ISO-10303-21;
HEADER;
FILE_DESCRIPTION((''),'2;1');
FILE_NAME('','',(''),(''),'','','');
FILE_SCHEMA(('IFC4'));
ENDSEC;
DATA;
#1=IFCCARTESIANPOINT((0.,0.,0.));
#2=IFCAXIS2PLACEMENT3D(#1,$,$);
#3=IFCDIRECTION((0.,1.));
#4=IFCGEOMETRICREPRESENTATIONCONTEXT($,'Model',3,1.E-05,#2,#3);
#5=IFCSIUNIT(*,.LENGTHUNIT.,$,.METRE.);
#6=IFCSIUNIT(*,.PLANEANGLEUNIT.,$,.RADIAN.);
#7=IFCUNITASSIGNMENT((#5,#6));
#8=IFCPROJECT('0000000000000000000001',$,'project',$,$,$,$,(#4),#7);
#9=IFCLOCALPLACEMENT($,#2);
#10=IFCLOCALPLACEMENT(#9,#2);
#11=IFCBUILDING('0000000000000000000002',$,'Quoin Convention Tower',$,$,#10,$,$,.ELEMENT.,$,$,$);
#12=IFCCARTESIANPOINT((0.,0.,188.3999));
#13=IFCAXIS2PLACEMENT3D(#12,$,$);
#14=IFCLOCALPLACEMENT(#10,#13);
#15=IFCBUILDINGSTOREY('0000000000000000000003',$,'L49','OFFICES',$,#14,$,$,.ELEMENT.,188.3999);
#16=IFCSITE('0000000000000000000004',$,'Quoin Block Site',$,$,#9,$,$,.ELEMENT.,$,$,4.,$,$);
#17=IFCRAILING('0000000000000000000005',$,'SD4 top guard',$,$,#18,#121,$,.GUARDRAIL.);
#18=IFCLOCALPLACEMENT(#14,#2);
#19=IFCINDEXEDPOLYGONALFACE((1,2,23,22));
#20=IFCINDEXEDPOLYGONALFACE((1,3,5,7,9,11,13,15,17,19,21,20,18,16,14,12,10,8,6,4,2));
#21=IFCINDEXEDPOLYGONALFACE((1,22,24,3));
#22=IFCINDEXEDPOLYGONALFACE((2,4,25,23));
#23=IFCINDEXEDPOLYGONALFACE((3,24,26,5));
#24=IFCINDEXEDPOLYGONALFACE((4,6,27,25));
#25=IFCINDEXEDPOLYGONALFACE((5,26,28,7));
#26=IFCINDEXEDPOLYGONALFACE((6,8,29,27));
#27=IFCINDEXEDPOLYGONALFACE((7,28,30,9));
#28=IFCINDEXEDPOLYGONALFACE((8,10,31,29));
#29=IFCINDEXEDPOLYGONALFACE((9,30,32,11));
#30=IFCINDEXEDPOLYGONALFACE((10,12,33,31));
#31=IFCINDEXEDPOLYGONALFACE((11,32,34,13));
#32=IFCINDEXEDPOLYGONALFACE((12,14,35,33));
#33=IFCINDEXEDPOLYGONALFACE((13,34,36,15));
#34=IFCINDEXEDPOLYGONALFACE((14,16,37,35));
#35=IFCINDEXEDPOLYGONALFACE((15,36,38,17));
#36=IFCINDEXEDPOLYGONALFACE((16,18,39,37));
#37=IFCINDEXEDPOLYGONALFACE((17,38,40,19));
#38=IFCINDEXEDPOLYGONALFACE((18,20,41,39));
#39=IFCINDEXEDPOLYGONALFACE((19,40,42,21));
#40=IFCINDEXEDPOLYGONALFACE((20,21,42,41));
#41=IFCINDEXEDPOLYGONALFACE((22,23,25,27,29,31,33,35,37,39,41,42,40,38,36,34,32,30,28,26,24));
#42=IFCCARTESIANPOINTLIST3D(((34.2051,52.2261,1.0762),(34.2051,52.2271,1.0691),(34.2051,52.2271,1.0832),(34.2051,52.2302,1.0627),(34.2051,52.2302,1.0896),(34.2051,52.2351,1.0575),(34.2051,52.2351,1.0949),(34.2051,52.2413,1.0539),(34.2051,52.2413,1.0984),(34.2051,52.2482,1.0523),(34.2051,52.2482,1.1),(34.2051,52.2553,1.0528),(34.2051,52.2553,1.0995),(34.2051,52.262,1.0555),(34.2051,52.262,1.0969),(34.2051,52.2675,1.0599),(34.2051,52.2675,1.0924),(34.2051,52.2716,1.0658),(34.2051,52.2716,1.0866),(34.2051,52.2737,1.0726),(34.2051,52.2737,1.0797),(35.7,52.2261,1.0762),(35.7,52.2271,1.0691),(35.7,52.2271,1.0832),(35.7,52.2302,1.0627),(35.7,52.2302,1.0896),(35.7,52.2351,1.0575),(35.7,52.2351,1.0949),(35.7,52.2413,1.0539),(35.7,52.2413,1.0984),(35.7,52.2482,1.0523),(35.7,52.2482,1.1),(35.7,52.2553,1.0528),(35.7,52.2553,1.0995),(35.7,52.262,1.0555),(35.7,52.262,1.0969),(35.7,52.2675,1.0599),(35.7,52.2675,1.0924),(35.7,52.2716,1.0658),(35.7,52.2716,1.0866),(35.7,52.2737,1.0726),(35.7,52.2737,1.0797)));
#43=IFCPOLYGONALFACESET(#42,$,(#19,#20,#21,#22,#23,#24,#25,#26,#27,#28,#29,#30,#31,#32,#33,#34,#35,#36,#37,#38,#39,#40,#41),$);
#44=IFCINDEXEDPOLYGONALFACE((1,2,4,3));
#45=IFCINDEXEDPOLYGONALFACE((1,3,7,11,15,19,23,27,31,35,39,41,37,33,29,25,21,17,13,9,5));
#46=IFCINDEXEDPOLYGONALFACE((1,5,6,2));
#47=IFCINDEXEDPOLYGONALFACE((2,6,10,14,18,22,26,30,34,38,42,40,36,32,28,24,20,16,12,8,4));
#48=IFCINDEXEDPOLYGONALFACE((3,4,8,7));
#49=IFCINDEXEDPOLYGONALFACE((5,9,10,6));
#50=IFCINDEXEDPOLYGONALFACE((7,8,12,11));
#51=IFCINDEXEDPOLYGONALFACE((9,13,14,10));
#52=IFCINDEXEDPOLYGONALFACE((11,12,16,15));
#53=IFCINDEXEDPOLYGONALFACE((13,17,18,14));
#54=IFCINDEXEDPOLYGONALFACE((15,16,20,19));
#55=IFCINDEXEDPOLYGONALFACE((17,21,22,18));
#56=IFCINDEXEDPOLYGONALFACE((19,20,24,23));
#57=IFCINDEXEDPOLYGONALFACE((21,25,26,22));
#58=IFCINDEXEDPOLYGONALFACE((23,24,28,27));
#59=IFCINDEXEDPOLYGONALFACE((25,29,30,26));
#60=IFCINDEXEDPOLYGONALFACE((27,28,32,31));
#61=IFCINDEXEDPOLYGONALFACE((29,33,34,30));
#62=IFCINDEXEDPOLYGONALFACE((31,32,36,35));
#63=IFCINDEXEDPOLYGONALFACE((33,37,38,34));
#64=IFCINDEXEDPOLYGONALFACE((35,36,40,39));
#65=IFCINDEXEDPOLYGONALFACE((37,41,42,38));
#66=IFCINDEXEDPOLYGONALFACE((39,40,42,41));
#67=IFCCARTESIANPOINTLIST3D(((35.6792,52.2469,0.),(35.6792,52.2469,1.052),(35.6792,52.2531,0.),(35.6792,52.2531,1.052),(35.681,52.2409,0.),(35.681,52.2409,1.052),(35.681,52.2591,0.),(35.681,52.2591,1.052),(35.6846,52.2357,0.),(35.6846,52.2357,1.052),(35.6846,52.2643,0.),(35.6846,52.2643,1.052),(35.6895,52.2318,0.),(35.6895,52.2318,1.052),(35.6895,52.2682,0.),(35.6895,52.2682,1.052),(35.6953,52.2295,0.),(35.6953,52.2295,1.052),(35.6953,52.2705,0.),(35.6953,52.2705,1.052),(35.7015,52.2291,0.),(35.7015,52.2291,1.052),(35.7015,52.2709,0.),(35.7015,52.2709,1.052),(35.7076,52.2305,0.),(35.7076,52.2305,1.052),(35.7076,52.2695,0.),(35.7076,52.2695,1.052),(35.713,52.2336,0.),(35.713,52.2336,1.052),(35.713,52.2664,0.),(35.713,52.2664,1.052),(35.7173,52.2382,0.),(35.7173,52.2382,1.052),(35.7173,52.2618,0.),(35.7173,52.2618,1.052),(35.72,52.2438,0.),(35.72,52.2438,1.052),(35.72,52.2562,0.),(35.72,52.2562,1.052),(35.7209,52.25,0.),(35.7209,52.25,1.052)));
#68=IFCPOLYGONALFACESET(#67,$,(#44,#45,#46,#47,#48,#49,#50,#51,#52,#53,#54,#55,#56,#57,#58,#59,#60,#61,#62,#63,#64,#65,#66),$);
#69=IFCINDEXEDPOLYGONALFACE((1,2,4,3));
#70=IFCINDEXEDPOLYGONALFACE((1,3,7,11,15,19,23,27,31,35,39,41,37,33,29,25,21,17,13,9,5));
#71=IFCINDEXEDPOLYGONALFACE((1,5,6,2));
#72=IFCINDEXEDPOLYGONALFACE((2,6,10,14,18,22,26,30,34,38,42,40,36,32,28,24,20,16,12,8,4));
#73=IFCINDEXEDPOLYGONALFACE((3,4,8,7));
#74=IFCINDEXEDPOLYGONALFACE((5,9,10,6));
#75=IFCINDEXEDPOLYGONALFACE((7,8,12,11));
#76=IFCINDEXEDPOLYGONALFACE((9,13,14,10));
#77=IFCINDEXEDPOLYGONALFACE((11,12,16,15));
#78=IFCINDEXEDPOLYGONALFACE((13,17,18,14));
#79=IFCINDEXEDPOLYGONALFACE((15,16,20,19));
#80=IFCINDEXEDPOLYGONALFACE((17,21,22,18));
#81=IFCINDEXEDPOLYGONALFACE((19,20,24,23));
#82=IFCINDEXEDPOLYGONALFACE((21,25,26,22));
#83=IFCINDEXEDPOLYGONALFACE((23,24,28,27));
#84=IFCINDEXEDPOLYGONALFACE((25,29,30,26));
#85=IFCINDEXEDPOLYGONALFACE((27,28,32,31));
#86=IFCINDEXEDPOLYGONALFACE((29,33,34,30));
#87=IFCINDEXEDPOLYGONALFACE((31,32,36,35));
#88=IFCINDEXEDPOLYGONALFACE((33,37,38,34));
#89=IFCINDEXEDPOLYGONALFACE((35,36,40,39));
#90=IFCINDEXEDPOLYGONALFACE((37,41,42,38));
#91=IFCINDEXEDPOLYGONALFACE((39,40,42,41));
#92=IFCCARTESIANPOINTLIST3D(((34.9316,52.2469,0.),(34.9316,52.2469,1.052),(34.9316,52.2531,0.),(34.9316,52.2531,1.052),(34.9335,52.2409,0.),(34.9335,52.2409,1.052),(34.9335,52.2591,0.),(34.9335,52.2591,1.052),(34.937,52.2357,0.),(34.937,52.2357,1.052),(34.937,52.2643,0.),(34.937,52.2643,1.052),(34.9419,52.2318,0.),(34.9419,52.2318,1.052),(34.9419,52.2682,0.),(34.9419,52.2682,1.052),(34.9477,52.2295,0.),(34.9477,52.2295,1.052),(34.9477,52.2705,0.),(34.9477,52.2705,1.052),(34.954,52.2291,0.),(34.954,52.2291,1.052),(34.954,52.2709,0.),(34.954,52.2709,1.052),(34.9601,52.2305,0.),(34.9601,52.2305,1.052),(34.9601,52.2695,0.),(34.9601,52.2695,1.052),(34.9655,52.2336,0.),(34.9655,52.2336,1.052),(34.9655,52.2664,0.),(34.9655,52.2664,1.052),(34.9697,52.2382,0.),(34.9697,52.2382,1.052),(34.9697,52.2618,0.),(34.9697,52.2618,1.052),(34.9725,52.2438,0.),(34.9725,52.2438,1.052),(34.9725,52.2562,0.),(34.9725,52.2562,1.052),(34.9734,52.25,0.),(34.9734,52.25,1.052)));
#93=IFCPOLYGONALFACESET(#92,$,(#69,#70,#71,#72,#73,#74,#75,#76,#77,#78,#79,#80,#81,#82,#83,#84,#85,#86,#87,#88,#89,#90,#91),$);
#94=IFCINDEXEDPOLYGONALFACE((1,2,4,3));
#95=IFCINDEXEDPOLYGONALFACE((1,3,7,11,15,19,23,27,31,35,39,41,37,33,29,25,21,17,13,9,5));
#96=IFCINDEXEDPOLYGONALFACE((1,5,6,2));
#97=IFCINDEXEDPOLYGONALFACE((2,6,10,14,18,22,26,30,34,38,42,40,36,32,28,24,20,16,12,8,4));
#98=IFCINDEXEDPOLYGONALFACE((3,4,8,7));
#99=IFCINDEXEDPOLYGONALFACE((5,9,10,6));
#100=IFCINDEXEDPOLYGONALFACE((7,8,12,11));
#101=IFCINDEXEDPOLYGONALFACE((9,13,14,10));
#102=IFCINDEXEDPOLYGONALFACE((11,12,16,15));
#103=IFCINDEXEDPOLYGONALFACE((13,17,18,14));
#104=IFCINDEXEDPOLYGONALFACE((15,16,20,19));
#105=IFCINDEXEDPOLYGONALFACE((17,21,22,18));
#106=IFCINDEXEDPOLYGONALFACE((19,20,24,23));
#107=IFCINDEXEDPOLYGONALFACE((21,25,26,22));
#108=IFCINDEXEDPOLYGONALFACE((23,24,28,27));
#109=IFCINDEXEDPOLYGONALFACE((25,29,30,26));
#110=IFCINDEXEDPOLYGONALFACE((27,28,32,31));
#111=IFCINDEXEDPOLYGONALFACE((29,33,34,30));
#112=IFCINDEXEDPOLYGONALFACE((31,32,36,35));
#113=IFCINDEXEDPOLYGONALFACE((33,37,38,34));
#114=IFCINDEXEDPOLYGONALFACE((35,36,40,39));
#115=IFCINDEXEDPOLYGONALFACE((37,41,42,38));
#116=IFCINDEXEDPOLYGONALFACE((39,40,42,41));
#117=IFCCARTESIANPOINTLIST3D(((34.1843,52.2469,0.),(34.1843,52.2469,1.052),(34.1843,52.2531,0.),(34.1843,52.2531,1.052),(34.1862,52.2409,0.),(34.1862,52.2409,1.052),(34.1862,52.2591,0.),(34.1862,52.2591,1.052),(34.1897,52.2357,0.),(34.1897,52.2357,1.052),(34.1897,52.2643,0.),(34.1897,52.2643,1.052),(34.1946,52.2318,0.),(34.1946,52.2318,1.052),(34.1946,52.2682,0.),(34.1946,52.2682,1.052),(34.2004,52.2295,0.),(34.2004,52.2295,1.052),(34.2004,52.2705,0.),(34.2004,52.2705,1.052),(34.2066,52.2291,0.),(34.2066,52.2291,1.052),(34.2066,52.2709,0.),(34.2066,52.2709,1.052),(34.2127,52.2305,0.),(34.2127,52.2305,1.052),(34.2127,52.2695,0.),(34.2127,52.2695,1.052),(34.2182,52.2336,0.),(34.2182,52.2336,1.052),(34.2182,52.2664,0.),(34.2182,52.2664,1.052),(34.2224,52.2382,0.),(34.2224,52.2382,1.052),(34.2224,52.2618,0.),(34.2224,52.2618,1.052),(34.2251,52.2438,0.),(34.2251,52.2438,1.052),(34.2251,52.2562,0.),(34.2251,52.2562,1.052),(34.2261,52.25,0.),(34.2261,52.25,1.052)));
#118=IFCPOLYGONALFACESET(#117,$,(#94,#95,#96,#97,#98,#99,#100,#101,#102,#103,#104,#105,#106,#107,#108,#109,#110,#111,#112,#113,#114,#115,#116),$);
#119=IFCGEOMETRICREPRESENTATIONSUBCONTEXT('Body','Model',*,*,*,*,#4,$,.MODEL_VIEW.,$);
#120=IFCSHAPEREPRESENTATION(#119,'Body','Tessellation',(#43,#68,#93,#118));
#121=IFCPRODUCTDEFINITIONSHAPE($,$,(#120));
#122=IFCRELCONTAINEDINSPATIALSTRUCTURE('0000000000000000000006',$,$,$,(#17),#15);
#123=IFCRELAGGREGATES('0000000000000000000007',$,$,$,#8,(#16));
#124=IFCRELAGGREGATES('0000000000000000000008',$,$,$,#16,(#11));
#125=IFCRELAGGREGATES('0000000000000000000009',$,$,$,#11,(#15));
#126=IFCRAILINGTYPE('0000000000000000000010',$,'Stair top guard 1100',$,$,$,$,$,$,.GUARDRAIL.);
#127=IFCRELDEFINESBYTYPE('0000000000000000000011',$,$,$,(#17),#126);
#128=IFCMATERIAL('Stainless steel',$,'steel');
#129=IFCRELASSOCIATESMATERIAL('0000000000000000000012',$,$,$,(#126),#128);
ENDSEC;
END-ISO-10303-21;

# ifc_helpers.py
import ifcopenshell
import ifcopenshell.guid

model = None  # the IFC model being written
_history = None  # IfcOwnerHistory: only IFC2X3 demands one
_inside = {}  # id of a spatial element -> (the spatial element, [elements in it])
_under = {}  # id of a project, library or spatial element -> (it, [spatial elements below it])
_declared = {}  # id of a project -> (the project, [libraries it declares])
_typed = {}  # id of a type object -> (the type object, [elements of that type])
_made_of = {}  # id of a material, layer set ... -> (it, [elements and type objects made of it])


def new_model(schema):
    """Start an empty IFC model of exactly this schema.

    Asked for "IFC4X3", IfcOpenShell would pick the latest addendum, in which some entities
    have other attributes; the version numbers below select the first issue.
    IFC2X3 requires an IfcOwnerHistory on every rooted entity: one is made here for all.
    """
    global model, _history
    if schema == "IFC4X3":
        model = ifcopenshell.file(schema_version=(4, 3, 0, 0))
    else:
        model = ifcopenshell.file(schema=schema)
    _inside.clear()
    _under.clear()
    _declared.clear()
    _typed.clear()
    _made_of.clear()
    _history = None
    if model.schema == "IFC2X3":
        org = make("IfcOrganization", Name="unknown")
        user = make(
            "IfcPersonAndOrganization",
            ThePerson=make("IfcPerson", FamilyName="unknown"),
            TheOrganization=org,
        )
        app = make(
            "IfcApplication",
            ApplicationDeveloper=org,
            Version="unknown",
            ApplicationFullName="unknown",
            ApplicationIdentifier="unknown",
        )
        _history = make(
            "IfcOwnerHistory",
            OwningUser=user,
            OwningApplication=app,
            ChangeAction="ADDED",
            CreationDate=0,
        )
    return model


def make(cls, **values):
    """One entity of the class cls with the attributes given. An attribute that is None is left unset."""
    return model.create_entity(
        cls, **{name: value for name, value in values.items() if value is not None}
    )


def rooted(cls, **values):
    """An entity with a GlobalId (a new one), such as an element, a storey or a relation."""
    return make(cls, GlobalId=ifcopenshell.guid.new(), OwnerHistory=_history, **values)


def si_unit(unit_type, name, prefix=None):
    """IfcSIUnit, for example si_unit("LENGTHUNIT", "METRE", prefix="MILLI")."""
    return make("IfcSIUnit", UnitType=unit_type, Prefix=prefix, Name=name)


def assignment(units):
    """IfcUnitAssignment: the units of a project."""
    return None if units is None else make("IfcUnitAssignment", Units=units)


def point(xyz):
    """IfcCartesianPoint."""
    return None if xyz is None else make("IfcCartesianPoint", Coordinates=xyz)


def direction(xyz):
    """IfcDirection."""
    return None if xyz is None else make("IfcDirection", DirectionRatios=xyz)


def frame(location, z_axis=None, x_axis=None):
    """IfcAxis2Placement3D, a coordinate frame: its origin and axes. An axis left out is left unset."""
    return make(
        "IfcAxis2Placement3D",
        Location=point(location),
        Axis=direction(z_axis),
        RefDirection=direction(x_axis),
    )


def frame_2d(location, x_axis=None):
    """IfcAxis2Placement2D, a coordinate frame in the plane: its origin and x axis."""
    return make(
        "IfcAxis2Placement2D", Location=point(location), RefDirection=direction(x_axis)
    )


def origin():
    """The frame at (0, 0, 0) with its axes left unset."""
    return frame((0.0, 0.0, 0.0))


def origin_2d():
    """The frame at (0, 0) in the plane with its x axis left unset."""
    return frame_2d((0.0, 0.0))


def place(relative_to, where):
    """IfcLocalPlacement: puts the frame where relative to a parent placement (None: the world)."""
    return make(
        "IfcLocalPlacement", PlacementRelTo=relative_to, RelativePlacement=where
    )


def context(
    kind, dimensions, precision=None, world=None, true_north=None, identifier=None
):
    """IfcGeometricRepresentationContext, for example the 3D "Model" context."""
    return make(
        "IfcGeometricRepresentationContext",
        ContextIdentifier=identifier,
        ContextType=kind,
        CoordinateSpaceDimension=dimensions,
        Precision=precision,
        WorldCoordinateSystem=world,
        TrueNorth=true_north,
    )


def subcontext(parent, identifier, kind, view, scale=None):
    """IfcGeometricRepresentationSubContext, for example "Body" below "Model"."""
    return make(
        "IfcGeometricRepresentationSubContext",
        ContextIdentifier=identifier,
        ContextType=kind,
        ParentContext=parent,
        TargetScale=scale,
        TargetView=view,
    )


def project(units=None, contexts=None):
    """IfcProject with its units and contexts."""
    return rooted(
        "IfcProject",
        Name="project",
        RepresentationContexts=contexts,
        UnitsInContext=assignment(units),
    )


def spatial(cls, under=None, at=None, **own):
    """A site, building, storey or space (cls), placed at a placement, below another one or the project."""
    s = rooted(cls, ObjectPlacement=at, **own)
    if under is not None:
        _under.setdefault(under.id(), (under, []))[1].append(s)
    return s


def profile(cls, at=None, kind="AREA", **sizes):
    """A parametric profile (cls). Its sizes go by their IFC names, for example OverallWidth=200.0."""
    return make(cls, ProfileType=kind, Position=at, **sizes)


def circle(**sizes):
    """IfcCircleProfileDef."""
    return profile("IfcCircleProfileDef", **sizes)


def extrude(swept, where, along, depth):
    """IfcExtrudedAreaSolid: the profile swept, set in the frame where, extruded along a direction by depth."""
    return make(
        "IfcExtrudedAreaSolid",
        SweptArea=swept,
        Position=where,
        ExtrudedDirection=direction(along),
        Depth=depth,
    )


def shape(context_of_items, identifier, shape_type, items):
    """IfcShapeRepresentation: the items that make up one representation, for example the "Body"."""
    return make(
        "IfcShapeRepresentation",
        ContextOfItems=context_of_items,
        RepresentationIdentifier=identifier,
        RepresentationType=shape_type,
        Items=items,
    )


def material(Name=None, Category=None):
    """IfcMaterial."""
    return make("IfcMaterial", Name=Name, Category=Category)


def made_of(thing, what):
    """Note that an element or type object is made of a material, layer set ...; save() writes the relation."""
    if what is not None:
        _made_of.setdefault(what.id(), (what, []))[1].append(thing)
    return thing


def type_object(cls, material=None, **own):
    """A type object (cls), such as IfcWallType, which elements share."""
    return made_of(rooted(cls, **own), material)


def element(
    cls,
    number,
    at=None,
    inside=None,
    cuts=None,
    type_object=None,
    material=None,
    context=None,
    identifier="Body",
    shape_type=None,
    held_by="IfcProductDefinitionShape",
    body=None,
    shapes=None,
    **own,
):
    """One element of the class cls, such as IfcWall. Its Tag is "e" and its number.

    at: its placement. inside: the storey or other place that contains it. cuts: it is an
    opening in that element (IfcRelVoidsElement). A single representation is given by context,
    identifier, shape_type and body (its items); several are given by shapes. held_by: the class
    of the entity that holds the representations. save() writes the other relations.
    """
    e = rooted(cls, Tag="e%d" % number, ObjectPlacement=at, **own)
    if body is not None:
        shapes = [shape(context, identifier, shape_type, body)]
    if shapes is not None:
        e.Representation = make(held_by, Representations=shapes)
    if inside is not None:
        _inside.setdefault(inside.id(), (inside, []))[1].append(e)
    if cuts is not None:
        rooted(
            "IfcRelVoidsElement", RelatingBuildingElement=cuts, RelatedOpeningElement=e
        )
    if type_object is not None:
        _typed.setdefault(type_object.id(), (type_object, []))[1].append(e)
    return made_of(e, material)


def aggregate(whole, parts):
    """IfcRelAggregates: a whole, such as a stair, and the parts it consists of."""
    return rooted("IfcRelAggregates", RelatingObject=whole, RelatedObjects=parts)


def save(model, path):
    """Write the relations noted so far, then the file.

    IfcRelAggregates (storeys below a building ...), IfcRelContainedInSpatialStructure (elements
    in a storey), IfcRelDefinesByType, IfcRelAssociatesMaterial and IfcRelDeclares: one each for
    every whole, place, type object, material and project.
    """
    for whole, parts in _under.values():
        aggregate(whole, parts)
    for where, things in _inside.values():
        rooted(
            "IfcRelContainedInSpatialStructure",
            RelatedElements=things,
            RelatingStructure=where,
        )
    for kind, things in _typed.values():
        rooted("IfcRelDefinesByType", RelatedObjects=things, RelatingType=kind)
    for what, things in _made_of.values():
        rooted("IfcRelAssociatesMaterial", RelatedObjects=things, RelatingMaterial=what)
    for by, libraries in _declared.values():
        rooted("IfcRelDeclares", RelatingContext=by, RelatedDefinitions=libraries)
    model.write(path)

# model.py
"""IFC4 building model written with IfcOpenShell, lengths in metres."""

from ifc_helpers import new_model, si_unit, direction, frame, origin, origin_2d, place, context, subcontext, project, spatial, circle, extrude, material, type_object, element, save


model = new_model("IFC4")

# Units and contexts
model_context = context("Model", 3, precision=1e-05, world=origin(), true_north=direction((0.0, 1.0)))
body_context = subcontext(model_context, "Body", "Model", "MODEL_VIEW")
ifc_project = project(units=[si_unit("LENGTHUNIT", "METRE"), si_unit("PLANEANGLEUNIT", "RADIAN")], contexts=[model_context])

# Site, building, storey
site_placement = place(None, origin())
site = spatial("IfcSite", under=ifc_project, at=site_placement, Name="Quoin Block Site", CompositionType="ELEMENT", RefElevation=4.0)
building_placement = place(site_placement, origin())
building = spatial("IfcBuilding", under=site, at=building_placement, Name="Quoin Convention Tower", CompositionType="ELEMENT")
storey_placement = place(building_placement, frame((0.0, 0.0, 188.3999)))
storey = spatial("IfcBuildingStorey", under=building, at=storey_placement, Name="L49", Description="OFFICES", CompositionType="ELEMENT", Elevation=188.3999)

# Railing
ifc_material_1 = material(Name="Stainless steel", Category="steel")
railing_type_1 = type_object("IfcRailingType", Name="Stair top guard 1100", PredefinedType="GUARDRAIL", material=ifc_material_1)
railing_1_placement = place(storey_placement, frame((35.7, 52.25, 0.0)))
element("IfcRailing", 1, at=railing_1_placement, inside=storey, type_object=railing_type_1, Name="SD4 top guard", PredefinedType="GUARDRAIL", context=body_context, shape_type="SweptSolid", body=[
    extrude(circle(Radius=0.0239, at=origin_2d()), frame((0.0, 0.0, 1.0762), z_axis=(-1.0, 0.0, 0.0), x_axis=(0.0, -1.0, 0.0)), (0.0, 0.0, 1.0), 1.4949),
    extrude(circle(Radius=0.021, at=origin_2d()), origin(), (0.0, 0.0, 1.0), 1.052),
    extrude(circle(Radius=0.021, at=origin_2d()), frame((-0.7476, 0.0, 0.0)), (0.0, 0.0, 1.0), 1.052),
    extrude(circle(Radius=0.021, at=origin_2d()), frame((-1.4949, 0.0, 0.0)), (0.0, 0.0, 1.0), 1.052),
])

save(model, "model.ifc")
